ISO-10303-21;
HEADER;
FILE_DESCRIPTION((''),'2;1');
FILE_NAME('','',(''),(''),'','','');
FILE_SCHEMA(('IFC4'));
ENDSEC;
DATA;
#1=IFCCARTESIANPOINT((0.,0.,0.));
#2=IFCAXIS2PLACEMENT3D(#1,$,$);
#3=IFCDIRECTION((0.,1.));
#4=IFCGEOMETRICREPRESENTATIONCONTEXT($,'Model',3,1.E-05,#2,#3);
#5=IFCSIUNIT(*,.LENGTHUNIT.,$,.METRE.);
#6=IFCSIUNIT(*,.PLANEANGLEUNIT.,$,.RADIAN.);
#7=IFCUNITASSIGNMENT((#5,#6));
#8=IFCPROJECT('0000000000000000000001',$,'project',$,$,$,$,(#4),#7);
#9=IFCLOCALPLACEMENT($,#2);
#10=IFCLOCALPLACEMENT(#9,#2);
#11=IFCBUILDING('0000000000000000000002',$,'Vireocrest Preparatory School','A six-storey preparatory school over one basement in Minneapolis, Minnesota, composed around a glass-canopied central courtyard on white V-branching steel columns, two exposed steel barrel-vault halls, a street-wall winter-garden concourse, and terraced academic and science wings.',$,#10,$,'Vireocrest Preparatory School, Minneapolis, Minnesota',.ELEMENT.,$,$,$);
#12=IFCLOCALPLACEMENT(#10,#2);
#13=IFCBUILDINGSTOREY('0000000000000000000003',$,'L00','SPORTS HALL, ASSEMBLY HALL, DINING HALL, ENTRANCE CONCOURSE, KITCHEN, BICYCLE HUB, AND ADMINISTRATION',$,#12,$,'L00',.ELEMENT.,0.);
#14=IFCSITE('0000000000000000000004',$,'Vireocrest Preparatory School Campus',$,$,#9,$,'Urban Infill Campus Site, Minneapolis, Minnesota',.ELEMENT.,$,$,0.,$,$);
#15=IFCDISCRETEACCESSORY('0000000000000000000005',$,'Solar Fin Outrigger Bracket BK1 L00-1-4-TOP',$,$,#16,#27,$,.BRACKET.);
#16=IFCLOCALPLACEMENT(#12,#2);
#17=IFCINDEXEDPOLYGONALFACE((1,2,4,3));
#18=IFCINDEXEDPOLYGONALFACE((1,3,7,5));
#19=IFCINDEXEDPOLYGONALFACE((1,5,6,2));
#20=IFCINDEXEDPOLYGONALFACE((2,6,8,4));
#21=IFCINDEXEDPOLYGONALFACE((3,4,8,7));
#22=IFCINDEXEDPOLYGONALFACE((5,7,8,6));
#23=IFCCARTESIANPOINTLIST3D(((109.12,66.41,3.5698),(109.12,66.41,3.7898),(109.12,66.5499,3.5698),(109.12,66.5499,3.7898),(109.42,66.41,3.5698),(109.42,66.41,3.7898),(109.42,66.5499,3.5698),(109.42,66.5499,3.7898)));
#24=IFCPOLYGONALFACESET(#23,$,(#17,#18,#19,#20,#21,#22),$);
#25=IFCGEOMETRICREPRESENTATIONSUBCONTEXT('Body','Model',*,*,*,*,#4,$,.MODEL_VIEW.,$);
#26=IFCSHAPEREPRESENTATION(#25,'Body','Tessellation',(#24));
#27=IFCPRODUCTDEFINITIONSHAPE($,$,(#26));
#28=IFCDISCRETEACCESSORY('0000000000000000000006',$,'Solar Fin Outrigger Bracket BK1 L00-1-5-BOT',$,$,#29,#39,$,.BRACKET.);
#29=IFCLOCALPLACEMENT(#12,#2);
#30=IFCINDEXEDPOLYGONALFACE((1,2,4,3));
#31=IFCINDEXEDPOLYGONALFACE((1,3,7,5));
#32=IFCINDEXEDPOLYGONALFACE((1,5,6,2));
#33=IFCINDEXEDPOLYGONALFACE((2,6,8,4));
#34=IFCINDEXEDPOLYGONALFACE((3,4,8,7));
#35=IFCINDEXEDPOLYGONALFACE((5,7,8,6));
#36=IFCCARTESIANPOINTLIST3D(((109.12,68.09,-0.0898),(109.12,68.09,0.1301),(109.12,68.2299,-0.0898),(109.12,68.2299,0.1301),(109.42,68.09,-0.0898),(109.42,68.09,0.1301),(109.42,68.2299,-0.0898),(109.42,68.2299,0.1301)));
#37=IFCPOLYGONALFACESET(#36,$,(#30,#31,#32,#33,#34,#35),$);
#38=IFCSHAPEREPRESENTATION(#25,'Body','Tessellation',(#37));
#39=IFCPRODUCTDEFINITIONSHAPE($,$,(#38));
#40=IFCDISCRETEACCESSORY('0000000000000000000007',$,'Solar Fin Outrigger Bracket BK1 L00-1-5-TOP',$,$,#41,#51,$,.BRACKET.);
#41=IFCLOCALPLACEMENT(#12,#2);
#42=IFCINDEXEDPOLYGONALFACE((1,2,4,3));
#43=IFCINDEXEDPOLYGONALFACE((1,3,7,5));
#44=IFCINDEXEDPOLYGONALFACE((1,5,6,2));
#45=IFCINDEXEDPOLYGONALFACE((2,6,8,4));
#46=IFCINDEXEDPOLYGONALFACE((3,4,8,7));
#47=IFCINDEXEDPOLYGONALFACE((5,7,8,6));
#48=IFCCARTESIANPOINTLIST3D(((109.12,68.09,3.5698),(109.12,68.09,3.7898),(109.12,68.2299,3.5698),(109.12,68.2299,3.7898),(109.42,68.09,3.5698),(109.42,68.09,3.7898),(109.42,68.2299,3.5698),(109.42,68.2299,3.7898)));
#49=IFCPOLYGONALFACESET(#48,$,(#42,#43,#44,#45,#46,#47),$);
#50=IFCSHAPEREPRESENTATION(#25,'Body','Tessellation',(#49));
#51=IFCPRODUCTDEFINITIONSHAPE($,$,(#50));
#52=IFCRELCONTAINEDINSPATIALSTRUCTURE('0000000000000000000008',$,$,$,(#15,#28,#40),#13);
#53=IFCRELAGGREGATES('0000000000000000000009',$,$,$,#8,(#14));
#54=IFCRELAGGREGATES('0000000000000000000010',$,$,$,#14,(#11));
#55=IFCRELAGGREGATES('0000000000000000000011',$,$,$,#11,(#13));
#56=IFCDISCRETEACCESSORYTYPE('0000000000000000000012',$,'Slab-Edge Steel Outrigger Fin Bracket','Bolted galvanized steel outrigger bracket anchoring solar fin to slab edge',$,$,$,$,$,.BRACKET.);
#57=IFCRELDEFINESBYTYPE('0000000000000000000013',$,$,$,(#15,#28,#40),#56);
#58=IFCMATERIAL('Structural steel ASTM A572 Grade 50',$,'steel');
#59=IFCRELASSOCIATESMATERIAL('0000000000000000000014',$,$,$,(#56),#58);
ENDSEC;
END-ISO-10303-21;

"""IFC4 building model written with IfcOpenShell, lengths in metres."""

from ifc_helpers import new_model, si_unit, direction, frame, origin, origin_2d, place, context, subcontext, project, spatial, rectangle, extrude, material, type_object, element, save


model = new_model("IFC4")

# Units and contexts
model_context = context("Model", 3, precision=1e-05, world=origin(), true_north=direction((0.0, 1.0)))
body_context = subcontext(model_context, "Body", "Model", "MODEL_VIEW")
ifc_project = project(units=[si_unit("LENGTHUNIT", "METRE"), si_unit("PLANEANGLEUNIT", "RADIAN")], contexts=[model_context])

# Site, building, storey
site_placement = place(None, origin())
site = spatial("IfcSite", under=ifc_project, at=site_placement, Name="Vireocrest Preparatory School Campus", LongName="Urban Infill Campus Site, Minneapolis, Minnesota", CompositionType="ELEMENT", RefElevation=0.0)
building_placement = place(site_placement, origin())
building = spatial("IfcBuilding", under=site, at=building_placement, Name="Vireocrest Preparatory School", Description="A six-storey preparatory school over one basement in Minneapolis, Minnesota, composed around a glass-canopied central courtyard on white V-branching steel columns, two exposed steel barrel-vault halls, a street-wall winter-garden concourse, and terraced academic and science wings.", LongName="Vireocrest Preparatory School, Minneapolis, Minnesota", CompositionType="ELEMENT")
storey_placement = place(building_placement, origin())
storey = spatial("IfcBuildingStorey", under=building, at=storey_placement, Name="L00", Description="SPORTS HALL, ASSEMBLY HALL, DINING HALL, ENTRANCE CONCOURSE, KITCHEN, BICYCLE HUB, AND ADMINISTRATION", LongName="L00", CompositionType="ELEMENT", Elevation=0.0)

# Discrete accessories
ifc_material_1 = material(Name="Structural steel ASTM A572 Grade 50", Category="steel")
discrete_accessory_type = type_object("IfcDiscreteAccessoryType", Name="Slab-Edge Steel Outrigger Fin Bracket", Description="Bolted galvanized steel outrigger bracket anchoring solar fin to slab edge", PredefinedType="BRACKET", material=ifc_material_1)
for number, where, z_axis, x_axis, name in (
    (1, (109.27, 66.48, 3.5698), (0.0, 0.0, 1.0), (0.0, -1.0, 0.0), "Solar Fin Outrigger Bracket BK1 L00-1-4-TOP"),
    (2, (109.27, 68.1599, -0.0898), (0.0, 0.0, 1.0), (0.0, -1.0, 0.0), "Solar Fin Outrigger Bracket BK1 L00-1-5-BOT"),
    (3, (109.27, 68.1599, 3.5698), (0.0, 0.0, 1.0), (0.0, -1.0, 0.0), "Solar Fin Outrigger Bracket BK1 L00-1-5-TOP"),
):
    element("IfcDiscreteAccessory", number, at=place(storey_placement, frame(where, z_axis=z_axis, x_axis=x_axis)), inside=storey, type_object=discrete_accessory_type, Name=name, PredefinedType="BRACKET", context=body_context, shape_type="SweptSolid", body=[
        extrude(rectangle(XDim=0.1399, YDim=0.3, at=origin_2d()), origin(), (0.0, 0.0, 1.0), 0.22),
    ])

save(model, "model.ifc")
